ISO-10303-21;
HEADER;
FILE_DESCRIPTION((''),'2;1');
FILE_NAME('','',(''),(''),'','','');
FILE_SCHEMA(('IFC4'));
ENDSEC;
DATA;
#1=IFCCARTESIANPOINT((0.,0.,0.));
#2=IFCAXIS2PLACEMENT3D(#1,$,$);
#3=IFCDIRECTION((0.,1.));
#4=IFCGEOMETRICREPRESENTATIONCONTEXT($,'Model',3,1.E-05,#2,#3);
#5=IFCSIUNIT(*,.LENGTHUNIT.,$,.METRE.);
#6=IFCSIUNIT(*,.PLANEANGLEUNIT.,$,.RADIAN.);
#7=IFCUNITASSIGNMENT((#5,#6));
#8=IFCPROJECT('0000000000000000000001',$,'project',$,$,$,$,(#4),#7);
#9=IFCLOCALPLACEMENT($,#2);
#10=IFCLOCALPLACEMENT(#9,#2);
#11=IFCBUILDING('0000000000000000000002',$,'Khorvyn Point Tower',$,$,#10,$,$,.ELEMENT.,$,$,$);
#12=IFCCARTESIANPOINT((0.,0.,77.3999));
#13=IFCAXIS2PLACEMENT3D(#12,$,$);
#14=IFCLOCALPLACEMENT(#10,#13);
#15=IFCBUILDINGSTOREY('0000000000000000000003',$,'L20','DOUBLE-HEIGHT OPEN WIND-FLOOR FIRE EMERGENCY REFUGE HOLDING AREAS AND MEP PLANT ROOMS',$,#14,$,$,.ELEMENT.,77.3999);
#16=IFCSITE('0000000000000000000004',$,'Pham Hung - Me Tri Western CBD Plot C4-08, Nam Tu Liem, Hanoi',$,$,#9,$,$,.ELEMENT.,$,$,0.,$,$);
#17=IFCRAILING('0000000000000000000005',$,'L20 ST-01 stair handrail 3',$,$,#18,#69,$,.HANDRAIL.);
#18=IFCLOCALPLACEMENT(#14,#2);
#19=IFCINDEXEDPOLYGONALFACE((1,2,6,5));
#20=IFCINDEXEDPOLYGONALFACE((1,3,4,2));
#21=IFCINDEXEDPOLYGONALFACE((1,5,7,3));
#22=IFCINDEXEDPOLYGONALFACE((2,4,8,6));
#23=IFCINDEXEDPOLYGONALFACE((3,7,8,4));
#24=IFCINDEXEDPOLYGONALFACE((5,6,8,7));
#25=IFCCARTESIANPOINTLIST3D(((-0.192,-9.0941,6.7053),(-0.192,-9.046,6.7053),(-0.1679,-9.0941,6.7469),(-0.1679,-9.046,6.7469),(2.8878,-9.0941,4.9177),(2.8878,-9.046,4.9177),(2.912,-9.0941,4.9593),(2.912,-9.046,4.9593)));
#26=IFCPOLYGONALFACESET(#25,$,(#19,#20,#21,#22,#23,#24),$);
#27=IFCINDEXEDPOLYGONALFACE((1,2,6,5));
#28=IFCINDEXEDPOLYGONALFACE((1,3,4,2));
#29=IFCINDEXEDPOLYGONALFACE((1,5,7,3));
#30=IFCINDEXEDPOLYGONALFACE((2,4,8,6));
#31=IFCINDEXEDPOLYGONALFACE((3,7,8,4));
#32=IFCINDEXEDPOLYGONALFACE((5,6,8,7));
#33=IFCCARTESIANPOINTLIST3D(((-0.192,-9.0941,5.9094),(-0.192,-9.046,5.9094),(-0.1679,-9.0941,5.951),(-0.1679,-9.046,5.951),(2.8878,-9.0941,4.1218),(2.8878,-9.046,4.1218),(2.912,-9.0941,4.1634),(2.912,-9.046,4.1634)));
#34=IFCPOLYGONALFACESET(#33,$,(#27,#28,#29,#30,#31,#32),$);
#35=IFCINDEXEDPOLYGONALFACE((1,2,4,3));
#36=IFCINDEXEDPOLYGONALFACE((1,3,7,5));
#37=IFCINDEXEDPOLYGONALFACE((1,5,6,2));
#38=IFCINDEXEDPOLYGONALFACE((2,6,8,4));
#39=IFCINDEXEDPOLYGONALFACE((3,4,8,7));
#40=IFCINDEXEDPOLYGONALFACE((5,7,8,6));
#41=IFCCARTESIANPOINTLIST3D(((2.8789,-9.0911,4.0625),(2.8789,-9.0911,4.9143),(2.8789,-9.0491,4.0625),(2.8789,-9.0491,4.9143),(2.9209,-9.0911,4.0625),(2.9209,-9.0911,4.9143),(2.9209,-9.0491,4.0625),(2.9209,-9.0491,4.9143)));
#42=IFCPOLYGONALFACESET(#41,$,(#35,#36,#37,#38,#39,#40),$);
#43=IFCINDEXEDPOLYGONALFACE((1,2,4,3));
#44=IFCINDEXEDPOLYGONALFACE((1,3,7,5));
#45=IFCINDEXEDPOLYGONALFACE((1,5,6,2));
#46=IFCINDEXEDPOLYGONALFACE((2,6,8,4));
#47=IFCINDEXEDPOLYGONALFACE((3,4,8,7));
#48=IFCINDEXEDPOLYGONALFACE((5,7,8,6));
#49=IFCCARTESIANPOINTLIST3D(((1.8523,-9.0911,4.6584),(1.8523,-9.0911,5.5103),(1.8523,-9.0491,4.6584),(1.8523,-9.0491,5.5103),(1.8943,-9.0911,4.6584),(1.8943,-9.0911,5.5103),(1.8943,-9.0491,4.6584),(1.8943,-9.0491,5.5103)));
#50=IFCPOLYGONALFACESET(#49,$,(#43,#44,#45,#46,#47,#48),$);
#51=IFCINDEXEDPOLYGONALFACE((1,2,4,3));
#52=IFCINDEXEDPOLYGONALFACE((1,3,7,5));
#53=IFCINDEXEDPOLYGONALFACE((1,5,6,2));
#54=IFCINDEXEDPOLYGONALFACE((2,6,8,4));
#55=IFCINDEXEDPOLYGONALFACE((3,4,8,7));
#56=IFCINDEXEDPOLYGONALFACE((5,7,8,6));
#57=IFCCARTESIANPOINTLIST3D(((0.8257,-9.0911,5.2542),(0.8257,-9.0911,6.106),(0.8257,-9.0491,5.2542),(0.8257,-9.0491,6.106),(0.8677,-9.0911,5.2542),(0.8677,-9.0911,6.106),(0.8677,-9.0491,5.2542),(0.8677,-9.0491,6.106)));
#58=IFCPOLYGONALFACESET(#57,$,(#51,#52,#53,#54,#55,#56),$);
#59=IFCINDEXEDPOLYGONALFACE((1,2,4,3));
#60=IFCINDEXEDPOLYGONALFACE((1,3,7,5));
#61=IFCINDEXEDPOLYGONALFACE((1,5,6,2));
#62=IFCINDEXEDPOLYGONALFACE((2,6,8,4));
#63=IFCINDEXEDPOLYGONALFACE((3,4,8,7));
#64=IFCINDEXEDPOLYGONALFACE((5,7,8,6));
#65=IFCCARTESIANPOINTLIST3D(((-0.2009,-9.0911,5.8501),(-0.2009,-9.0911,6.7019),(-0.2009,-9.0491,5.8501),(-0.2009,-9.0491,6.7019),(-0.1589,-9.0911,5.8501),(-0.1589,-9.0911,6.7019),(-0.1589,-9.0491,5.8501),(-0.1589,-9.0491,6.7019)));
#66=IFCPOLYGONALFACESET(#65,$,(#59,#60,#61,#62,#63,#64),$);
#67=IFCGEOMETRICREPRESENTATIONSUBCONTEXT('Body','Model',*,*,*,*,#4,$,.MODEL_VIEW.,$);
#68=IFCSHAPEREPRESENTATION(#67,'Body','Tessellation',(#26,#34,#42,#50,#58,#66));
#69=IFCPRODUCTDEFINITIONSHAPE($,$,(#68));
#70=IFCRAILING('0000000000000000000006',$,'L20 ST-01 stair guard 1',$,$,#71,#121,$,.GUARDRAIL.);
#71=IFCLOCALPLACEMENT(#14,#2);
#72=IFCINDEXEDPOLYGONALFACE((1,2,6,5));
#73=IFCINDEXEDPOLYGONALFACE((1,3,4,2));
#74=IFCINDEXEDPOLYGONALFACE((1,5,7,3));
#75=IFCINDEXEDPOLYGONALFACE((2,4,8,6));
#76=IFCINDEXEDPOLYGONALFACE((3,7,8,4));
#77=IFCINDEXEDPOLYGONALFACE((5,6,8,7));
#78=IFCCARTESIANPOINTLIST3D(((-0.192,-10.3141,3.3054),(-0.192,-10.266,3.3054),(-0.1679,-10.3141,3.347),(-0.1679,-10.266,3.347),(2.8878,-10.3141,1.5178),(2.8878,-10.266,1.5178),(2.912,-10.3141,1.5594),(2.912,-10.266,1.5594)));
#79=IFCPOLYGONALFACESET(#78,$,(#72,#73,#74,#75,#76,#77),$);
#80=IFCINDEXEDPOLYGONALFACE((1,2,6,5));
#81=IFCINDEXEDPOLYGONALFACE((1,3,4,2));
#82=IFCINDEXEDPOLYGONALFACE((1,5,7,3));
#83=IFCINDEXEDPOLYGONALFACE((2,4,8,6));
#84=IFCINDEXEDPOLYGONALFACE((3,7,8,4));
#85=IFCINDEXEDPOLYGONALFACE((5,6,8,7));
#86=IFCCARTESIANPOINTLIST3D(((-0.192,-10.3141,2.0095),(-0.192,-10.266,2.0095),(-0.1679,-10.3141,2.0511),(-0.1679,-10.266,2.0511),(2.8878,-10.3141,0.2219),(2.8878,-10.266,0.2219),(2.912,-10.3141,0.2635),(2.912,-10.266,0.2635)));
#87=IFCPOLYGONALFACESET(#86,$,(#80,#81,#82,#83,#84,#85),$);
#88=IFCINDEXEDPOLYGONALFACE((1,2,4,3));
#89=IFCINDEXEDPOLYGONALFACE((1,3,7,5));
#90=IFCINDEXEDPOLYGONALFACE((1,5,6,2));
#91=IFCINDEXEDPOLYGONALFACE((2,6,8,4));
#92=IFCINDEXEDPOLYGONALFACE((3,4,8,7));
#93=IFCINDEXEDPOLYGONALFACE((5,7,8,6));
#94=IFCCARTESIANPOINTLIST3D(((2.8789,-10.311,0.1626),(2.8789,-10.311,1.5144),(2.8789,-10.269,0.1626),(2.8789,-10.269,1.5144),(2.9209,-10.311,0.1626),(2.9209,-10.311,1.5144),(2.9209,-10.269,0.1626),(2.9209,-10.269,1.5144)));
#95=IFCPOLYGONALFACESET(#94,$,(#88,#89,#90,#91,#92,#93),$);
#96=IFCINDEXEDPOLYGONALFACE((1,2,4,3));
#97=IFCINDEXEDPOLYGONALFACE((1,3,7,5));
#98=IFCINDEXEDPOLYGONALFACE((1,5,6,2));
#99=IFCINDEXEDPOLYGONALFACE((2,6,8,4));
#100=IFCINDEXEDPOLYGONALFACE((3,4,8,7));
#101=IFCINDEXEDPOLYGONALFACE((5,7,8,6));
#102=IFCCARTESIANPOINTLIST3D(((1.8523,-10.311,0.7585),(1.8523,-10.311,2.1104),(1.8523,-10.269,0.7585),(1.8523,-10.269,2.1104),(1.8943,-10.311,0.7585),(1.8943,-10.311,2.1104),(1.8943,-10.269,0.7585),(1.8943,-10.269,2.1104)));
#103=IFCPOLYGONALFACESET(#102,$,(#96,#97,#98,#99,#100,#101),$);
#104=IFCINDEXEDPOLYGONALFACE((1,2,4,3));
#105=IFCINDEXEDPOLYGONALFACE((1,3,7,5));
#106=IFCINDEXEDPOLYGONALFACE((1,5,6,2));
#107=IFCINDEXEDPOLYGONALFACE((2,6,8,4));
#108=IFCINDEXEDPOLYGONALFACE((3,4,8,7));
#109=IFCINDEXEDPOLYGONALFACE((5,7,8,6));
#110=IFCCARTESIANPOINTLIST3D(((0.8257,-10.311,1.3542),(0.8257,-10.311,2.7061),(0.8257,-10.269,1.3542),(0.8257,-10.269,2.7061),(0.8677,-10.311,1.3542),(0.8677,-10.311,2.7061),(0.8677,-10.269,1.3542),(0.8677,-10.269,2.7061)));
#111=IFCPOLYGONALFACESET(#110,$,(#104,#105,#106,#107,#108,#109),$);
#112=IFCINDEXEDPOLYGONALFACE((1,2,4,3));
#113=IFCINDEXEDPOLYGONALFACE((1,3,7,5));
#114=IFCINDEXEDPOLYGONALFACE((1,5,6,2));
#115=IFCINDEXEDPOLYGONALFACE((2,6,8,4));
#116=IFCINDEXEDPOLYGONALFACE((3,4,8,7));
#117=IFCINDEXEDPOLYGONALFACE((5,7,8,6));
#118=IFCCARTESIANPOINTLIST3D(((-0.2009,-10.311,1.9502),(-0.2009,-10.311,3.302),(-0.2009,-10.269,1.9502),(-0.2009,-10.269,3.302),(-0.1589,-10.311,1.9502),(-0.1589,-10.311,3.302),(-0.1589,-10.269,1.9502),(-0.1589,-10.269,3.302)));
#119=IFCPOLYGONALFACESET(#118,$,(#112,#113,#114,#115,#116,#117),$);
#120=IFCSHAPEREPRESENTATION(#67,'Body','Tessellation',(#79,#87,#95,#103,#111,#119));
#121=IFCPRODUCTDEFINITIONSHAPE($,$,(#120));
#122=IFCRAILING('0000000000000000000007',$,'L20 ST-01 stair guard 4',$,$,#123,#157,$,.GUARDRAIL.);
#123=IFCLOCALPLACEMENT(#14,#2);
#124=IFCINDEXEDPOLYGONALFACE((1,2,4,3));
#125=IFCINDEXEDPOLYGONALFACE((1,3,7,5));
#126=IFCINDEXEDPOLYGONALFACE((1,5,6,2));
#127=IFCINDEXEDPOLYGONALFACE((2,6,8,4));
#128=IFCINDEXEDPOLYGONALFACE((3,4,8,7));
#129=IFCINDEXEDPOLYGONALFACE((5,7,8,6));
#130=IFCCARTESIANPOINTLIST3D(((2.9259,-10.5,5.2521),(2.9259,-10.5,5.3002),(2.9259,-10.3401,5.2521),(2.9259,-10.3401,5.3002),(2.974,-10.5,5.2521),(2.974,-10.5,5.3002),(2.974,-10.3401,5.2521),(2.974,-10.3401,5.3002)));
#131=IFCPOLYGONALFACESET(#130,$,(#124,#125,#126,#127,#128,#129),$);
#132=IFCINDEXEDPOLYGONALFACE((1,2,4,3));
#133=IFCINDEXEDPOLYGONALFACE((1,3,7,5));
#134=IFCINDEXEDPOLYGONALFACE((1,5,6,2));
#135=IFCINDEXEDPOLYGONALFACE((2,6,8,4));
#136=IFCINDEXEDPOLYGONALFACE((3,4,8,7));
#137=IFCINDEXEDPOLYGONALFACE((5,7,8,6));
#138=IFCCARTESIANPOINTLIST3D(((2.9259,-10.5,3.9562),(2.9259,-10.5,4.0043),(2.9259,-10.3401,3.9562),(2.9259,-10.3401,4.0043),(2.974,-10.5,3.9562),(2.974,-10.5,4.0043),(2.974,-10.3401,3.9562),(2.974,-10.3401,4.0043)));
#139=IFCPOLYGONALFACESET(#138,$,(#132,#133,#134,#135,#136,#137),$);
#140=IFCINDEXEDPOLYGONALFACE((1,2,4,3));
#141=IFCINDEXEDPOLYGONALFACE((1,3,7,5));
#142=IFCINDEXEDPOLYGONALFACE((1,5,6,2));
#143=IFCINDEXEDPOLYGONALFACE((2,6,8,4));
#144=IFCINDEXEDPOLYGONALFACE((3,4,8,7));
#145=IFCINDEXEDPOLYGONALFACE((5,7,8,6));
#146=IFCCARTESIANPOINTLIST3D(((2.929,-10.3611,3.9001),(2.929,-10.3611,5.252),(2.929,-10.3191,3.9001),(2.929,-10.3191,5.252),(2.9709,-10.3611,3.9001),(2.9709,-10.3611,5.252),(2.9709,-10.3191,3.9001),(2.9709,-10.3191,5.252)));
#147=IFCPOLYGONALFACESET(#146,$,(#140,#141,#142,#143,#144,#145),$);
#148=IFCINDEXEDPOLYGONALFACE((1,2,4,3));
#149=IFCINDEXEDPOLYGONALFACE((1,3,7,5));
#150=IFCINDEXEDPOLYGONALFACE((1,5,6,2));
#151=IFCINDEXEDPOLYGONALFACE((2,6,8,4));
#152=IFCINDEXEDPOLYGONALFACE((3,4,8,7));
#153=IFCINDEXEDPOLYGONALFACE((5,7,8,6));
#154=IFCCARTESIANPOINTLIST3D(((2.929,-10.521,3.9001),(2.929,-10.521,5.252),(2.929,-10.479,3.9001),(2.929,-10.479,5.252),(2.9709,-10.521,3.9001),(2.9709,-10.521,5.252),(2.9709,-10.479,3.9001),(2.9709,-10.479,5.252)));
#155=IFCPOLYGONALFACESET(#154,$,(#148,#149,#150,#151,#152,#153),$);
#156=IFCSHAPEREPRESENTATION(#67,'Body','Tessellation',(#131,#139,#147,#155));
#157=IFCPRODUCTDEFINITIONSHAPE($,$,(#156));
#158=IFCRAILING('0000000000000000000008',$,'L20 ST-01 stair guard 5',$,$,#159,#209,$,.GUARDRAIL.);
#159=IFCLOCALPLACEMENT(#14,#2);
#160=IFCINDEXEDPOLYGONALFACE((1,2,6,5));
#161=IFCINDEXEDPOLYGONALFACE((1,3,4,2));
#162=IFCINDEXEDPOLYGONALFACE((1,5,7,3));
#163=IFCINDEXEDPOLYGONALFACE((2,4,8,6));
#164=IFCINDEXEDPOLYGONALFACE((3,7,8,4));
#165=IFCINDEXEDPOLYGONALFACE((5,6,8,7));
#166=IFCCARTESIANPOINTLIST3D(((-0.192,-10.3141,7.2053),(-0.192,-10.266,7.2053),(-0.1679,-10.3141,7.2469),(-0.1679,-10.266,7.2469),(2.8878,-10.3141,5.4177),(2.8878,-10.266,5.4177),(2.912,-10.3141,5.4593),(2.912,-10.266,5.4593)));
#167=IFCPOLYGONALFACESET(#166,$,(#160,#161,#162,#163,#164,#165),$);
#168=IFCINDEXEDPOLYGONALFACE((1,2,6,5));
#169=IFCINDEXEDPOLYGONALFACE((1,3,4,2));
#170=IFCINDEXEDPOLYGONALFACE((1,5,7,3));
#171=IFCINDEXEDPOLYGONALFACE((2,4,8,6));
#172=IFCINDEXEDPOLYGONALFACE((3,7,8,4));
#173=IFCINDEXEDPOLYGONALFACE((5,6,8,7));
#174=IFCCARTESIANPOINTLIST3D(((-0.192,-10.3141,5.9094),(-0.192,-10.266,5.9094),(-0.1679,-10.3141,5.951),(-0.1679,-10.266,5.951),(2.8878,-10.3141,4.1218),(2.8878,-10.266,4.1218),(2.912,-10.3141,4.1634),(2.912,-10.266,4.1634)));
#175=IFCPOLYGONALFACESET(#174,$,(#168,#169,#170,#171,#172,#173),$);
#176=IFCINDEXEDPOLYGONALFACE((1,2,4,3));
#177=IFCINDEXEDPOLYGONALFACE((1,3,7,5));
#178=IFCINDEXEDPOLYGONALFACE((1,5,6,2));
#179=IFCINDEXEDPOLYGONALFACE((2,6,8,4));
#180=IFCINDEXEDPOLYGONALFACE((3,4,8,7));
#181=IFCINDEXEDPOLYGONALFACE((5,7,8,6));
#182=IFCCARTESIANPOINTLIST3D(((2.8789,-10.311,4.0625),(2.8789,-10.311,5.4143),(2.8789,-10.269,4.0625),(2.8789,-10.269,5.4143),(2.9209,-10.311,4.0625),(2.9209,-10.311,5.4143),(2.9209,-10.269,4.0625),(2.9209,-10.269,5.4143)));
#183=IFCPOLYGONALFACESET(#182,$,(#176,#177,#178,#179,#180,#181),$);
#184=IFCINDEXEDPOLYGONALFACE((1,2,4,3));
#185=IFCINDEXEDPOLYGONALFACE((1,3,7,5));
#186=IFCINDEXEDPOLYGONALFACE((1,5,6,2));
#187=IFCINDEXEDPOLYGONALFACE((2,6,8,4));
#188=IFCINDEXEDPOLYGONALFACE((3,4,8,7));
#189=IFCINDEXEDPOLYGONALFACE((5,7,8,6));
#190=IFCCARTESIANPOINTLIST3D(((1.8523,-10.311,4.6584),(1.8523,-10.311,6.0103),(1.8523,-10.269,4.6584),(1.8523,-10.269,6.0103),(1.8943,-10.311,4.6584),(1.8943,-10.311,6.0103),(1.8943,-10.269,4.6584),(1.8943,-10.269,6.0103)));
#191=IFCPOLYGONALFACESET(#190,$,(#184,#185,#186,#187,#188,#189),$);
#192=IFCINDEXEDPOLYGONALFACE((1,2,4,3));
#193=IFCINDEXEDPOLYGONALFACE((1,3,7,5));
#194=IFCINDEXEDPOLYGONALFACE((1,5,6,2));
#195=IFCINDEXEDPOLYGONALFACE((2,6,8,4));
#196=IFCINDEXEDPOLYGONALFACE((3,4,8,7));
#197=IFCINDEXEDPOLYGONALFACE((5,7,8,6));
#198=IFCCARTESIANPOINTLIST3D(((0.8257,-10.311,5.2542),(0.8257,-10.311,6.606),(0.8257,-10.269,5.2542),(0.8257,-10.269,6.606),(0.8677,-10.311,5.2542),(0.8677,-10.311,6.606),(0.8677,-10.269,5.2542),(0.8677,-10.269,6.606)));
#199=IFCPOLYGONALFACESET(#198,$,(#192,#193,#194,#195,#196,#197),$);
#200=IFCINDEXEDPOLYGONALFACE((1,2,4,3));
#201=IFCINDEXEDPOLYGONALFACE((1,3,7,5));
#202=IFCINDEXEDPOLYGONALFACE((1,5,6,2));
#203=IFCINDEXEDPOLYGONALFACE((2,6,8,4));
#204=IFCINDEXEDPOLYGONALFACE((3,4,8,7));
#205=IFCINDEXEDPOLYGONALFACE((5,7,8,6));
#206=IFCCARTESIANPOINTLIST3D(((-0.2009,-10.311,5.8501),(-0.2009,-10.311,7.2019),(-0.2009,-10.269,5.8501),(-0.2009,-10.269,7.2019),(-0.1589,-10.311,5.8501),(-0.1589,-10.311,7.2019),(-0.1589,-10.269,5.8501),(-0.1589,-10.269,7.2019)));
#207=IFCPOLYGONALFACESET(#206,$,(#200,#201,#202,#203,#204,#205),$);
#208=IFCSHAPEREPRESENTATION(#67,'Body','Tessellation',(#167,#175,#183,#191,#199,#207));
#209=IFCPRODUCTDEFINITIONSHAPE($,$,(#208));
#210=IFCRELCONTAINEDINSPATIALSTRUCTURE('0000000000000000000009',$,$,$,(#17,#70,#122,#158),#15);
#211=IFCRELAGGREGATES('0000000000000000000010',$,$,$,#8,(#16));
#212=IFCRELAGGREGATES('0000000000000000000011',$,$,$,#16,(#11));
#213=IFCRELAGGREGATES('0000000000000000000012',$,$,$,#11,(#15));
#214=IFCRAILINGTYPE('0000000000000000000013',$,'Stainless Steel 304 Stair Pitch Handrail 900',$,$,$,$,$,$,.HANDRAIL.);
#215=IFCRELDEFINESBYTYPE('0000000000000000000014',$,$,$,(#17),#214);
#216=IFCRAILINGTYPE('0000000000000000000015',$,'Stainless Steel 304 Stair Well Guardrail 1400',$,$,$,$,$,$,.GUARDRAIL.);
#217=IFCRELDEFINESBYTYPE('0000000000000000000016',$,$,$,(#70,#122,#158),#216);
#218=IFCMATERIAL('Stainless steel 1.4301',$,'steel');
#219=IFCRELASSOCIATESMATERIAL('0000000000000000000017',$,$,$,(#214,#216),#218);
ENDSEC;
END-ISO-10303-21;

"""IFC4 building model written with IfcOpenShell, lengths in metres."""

from ifc_helpers import new_model, si_unit, direction, frame, origin, origin_2d, place, context, subcontext, project, spatial, rectangle, extrude, material, type_object, element, save


model = new_model("IFC4")

# Units and contexts
model_context = context("Model", 3, precision=1e-05, world=origin(), true_north=direction((0.0, 1.0)))
body_context = subcontext(model_context, "Body", "Model", "MODEL_VIEW")
ifc_project = project(units=[si_unit("LENGTHUNIT", "METRE"), si_unit("PLANEANGLEUNIT", "RADIAN")], contexts=[model_context])

# Site, building, storey
site_placement = place(None, origin())
site = spatial("IfcSite", under=ifc_project, at=site_placement, Name="Pham Hung - Me Tri Western CBD Plot C4-08, Nam Tu Liem, Hanoi", CompositionType="ELEMENT", RefElevation=0.0)
building_placement = place(site_placement, origin())
building = spatial("IfcBuilding", under=site, at=building_placement, Name="Khorvyn Point Tower", CompositionType="ELEMENT")
storey_placement = place(building_placement, frame((0.0, 0.0, 77.3999)))
storey = spatial("IfcBuildingStorey", under=building, at=storey_placement, Name="L20", Description="DOUBLE-HEIGHT OPEN WIND-FLOOR FIRE EMERGENCY REFUGE HOLDING AREAS AND MEP PLANT ROOMS", CompositionType="ELEMENT", Elevation=77.3999)

# Shared definitions
ifc_material_1 = material(Name="Stainless steel 1.4301", Category="steel")

# Railings
railing_type_1 = type_object("IfcRailingType", Name="Stainless Steel 304 Stair Pitch Handrail 900", PredefinedType="HANDRAIL", material=ifc_material_1)
for number, where, name in (
    (1, (2.8999, -9.0701, 4.0625), "L20 ST-01 stair handrail 3"),
):
    element("IfcRailing", number, at=place(storey_placement, frame(where)), inside=storey, type_object=railing_type_1, Name=name, PredefinedType="HANDRAIL", context=body_context, shape_type="SweptSolid", body=[
        extrude(rectangle(XDim=0.0481, YDim=0.0481, at=origin_2d()), frame((0.0, 0.0, 0.876), z_axis=(-0.864873, 0.0, 0.50199), x_axis=(0.0, -1.0, 0.0)), (0.0, 0.0, 1.0), 3.561),
        extrude(rectangle(XDim=0.0481, YDim=0.0481, at=origin_2d()), frame((0.0, 0.0, 0.0801), z_axis=(-0.864873, 0.0, 0.50199), x_axis=(0.0, -1.0, 0.0)), (0.0, 0.0, 1.0), 3.561),
        extrude(rectangle(XDim=0.042, YDim=0.042, at=origin_2d()), origin(), (0.0, 0.0, 1.0), 0.8518),
        extrude(rectangle(XDim=0.042, YDim=0.042, at=origin_2d()), frame((-1.0266, 0.0, 0.5959)), (0.0, 0.0, 1.0), 0.8518),
        extrude(rectangle(XDim=0.042, YDim=0.042, at=origin_2d()), frame((-2.0532, 0.0, 1.1917)), (0.0, 0.0, 1.0), 0.8518),
        extrude(rectangle(XDim=0.042, YDim=0.042, at=origin_2d()), frame((-3.0798, 0.0, 1.7876)), (0.0, 0.0, 1.0), 0.8518),
    ])
railing_type_2 = type_object("IfcRailingType", Name="Stainless Steel 304 Stair Well Guardrail 1400", PredefinedType="GUARDRAIL", material=ifc_material_1)
railing_1_placement = place(storey_placement, frame((2.8999, -10.29, 0.1626)))
element("IfcRailing", 2, at=railing_1_placement, inside=storey, type_object=railing_type_2, Name="L20 ST-01 stair guard 1", PredefinedType="GUARDRAIL", context=body_context, shape_type="SweptSolid", body=[
    extrude(rectangle(XDim=0.0481, YDim=0.0481, at=origin_2d()), frame((0.0, 0.0, 1.376), z_axis=(-0.864873, 0.0, 0.50199), x_axis=(0.0, -1.0, 0.0)), (0.0, 0.0, 1.0), 3.561),
    extrude(rectangle(XDim=0.0481, YDim=0.0481, at=origin_2d()), frame((0.0, 0.0, 0.0801), z_axis=(-0.864873, 0.0, 0.50199), x_axis=(0.0, -1.0, 0.0)), (0.0, 0.0, 1.0), 3.561),
    extrude(rectangle(XDim=0.042, YDim=0.042, at=origin_2d()), origin(), (0.0, 0.0, 1.0), 1.3518),
    extrude(rectangle(XDim=0.042, YDim=0.042, at=origin_2d()), frame((-1.0266, 0.0, 0.5959)), (0.0, 0.0, 1.0), 1.3518),
    extrude(rectangle(XDim=0.042, YDim=0.042, at=origin_2d()), frame((-2.0532, 0.0, 1.1917)), (0.0, 0.0, 1.0), 1.3518),
    extrude(rectangle(XDim=0.042, YDim=0.042, at=origin_2d()), frame((-3.0798, 0.0, 1.7876)), (0.0, 0.0, 1.0), 1.3518),
])
railing_2_placement = place(storey_placement, frame((2.95, -10.3401, 3.9001)))
element("IfcRailing", 3, at=railing_2_placement, inside=storey, type_object=railing_type_2, Name="L20 ST-01 stair guard 4", PredefinedType="GUARDRAIL", context=body_context, shape_type="SweptSolid", body=[
    extrude(rectangle(XDim=0.0481, YDim=0.0481, at=origin_2d()), frame((0.0, 0.0, 1.376), z_axis=(0.0, -1.0, 0.0), x_axis=(1.0, 0.0, 0.0)), (0.0, 0.0, 1.0), 0.1599),
    extrude(rectangle(XDim=0.0481, YDim=0.0481, at=origin_2d()), frame((0.0, 0.0, 0.0801), z_axis=(0.0, -1.0, 0.0), x_axis=(1.0, 0.0, 0.0)), (0.0, 0.0, 1.0), 0.1599),
    extrude(rectangle(XDim=0.042, YDim=0.042, at=origin_2d()), origin(), (0.0, 0.0, 1.0), 1.3518),
    extrude(rectangle(XDim=0.042, YDim=0.042, at=origin_2d()), frame((0.0, -0.1599, 0.0)), (0.0, 0.0, 1.0), 1.3518),
])
railing_3_placement = place(storey_placement, frame((2.8999, -10.29, 4.0625)))
element("IfcRailing", 4, at=railing_3_placement, inside=storey, type_object=railing_type_2, Name="L20 ST-01 stair guard 5", PredefinedType="GUARDRAIL", context=body_context, shape_type="SweptSolid", body=[
    extrude(rectangle(XDim=0.0481, YDim=0.0481, at=origin_2d()), frame((0.0, 0.0, 1.376), z_axis=(-0.864873, 0.0, 0.50199), x_axis=(0.0, -1.0, 0.0)), (0.0, 0.0, 1.0), 3.561),
    extrude(rectangle(XDim=0.0481, YDim=0.0481, at=origin_2d()), frame((0.0, 0.0, 0.0801), z_axis=(-0.864873, 0.0, 0.50199), x_axis=(0.0, -1.0, 0.0)), (0.0, 0.0, 1.0), 3.561),
    extrude(rectangle(XDim=0.042, YDim=0.042, at=origin_2d()), origin(), (0.0, 0.0, 1.0), 1.3518),
    extrude(rectangle(XDim=0.042, YDim=0.042, at=origin_2d()), frame((-1.0266, 0.0, 0.5959)), (0.0, 0.0, 1.0), 1.3518),
    extrude(rectangle(XDim=0.042, YDim=0.042, at=origin_2d()), frame((-2.0532, 0.0, 1.1917)), (0.0, 0.0, 1.0), 1.3518),
    extrude(rectangle(XDim=0.042, YDim=0.042, at=origin_2d()), frame((-3.0798, 0.0, 1.7876)), (0.0, 0.0, 1.0), 1.3518),
])

save(model, "model.ifc")
